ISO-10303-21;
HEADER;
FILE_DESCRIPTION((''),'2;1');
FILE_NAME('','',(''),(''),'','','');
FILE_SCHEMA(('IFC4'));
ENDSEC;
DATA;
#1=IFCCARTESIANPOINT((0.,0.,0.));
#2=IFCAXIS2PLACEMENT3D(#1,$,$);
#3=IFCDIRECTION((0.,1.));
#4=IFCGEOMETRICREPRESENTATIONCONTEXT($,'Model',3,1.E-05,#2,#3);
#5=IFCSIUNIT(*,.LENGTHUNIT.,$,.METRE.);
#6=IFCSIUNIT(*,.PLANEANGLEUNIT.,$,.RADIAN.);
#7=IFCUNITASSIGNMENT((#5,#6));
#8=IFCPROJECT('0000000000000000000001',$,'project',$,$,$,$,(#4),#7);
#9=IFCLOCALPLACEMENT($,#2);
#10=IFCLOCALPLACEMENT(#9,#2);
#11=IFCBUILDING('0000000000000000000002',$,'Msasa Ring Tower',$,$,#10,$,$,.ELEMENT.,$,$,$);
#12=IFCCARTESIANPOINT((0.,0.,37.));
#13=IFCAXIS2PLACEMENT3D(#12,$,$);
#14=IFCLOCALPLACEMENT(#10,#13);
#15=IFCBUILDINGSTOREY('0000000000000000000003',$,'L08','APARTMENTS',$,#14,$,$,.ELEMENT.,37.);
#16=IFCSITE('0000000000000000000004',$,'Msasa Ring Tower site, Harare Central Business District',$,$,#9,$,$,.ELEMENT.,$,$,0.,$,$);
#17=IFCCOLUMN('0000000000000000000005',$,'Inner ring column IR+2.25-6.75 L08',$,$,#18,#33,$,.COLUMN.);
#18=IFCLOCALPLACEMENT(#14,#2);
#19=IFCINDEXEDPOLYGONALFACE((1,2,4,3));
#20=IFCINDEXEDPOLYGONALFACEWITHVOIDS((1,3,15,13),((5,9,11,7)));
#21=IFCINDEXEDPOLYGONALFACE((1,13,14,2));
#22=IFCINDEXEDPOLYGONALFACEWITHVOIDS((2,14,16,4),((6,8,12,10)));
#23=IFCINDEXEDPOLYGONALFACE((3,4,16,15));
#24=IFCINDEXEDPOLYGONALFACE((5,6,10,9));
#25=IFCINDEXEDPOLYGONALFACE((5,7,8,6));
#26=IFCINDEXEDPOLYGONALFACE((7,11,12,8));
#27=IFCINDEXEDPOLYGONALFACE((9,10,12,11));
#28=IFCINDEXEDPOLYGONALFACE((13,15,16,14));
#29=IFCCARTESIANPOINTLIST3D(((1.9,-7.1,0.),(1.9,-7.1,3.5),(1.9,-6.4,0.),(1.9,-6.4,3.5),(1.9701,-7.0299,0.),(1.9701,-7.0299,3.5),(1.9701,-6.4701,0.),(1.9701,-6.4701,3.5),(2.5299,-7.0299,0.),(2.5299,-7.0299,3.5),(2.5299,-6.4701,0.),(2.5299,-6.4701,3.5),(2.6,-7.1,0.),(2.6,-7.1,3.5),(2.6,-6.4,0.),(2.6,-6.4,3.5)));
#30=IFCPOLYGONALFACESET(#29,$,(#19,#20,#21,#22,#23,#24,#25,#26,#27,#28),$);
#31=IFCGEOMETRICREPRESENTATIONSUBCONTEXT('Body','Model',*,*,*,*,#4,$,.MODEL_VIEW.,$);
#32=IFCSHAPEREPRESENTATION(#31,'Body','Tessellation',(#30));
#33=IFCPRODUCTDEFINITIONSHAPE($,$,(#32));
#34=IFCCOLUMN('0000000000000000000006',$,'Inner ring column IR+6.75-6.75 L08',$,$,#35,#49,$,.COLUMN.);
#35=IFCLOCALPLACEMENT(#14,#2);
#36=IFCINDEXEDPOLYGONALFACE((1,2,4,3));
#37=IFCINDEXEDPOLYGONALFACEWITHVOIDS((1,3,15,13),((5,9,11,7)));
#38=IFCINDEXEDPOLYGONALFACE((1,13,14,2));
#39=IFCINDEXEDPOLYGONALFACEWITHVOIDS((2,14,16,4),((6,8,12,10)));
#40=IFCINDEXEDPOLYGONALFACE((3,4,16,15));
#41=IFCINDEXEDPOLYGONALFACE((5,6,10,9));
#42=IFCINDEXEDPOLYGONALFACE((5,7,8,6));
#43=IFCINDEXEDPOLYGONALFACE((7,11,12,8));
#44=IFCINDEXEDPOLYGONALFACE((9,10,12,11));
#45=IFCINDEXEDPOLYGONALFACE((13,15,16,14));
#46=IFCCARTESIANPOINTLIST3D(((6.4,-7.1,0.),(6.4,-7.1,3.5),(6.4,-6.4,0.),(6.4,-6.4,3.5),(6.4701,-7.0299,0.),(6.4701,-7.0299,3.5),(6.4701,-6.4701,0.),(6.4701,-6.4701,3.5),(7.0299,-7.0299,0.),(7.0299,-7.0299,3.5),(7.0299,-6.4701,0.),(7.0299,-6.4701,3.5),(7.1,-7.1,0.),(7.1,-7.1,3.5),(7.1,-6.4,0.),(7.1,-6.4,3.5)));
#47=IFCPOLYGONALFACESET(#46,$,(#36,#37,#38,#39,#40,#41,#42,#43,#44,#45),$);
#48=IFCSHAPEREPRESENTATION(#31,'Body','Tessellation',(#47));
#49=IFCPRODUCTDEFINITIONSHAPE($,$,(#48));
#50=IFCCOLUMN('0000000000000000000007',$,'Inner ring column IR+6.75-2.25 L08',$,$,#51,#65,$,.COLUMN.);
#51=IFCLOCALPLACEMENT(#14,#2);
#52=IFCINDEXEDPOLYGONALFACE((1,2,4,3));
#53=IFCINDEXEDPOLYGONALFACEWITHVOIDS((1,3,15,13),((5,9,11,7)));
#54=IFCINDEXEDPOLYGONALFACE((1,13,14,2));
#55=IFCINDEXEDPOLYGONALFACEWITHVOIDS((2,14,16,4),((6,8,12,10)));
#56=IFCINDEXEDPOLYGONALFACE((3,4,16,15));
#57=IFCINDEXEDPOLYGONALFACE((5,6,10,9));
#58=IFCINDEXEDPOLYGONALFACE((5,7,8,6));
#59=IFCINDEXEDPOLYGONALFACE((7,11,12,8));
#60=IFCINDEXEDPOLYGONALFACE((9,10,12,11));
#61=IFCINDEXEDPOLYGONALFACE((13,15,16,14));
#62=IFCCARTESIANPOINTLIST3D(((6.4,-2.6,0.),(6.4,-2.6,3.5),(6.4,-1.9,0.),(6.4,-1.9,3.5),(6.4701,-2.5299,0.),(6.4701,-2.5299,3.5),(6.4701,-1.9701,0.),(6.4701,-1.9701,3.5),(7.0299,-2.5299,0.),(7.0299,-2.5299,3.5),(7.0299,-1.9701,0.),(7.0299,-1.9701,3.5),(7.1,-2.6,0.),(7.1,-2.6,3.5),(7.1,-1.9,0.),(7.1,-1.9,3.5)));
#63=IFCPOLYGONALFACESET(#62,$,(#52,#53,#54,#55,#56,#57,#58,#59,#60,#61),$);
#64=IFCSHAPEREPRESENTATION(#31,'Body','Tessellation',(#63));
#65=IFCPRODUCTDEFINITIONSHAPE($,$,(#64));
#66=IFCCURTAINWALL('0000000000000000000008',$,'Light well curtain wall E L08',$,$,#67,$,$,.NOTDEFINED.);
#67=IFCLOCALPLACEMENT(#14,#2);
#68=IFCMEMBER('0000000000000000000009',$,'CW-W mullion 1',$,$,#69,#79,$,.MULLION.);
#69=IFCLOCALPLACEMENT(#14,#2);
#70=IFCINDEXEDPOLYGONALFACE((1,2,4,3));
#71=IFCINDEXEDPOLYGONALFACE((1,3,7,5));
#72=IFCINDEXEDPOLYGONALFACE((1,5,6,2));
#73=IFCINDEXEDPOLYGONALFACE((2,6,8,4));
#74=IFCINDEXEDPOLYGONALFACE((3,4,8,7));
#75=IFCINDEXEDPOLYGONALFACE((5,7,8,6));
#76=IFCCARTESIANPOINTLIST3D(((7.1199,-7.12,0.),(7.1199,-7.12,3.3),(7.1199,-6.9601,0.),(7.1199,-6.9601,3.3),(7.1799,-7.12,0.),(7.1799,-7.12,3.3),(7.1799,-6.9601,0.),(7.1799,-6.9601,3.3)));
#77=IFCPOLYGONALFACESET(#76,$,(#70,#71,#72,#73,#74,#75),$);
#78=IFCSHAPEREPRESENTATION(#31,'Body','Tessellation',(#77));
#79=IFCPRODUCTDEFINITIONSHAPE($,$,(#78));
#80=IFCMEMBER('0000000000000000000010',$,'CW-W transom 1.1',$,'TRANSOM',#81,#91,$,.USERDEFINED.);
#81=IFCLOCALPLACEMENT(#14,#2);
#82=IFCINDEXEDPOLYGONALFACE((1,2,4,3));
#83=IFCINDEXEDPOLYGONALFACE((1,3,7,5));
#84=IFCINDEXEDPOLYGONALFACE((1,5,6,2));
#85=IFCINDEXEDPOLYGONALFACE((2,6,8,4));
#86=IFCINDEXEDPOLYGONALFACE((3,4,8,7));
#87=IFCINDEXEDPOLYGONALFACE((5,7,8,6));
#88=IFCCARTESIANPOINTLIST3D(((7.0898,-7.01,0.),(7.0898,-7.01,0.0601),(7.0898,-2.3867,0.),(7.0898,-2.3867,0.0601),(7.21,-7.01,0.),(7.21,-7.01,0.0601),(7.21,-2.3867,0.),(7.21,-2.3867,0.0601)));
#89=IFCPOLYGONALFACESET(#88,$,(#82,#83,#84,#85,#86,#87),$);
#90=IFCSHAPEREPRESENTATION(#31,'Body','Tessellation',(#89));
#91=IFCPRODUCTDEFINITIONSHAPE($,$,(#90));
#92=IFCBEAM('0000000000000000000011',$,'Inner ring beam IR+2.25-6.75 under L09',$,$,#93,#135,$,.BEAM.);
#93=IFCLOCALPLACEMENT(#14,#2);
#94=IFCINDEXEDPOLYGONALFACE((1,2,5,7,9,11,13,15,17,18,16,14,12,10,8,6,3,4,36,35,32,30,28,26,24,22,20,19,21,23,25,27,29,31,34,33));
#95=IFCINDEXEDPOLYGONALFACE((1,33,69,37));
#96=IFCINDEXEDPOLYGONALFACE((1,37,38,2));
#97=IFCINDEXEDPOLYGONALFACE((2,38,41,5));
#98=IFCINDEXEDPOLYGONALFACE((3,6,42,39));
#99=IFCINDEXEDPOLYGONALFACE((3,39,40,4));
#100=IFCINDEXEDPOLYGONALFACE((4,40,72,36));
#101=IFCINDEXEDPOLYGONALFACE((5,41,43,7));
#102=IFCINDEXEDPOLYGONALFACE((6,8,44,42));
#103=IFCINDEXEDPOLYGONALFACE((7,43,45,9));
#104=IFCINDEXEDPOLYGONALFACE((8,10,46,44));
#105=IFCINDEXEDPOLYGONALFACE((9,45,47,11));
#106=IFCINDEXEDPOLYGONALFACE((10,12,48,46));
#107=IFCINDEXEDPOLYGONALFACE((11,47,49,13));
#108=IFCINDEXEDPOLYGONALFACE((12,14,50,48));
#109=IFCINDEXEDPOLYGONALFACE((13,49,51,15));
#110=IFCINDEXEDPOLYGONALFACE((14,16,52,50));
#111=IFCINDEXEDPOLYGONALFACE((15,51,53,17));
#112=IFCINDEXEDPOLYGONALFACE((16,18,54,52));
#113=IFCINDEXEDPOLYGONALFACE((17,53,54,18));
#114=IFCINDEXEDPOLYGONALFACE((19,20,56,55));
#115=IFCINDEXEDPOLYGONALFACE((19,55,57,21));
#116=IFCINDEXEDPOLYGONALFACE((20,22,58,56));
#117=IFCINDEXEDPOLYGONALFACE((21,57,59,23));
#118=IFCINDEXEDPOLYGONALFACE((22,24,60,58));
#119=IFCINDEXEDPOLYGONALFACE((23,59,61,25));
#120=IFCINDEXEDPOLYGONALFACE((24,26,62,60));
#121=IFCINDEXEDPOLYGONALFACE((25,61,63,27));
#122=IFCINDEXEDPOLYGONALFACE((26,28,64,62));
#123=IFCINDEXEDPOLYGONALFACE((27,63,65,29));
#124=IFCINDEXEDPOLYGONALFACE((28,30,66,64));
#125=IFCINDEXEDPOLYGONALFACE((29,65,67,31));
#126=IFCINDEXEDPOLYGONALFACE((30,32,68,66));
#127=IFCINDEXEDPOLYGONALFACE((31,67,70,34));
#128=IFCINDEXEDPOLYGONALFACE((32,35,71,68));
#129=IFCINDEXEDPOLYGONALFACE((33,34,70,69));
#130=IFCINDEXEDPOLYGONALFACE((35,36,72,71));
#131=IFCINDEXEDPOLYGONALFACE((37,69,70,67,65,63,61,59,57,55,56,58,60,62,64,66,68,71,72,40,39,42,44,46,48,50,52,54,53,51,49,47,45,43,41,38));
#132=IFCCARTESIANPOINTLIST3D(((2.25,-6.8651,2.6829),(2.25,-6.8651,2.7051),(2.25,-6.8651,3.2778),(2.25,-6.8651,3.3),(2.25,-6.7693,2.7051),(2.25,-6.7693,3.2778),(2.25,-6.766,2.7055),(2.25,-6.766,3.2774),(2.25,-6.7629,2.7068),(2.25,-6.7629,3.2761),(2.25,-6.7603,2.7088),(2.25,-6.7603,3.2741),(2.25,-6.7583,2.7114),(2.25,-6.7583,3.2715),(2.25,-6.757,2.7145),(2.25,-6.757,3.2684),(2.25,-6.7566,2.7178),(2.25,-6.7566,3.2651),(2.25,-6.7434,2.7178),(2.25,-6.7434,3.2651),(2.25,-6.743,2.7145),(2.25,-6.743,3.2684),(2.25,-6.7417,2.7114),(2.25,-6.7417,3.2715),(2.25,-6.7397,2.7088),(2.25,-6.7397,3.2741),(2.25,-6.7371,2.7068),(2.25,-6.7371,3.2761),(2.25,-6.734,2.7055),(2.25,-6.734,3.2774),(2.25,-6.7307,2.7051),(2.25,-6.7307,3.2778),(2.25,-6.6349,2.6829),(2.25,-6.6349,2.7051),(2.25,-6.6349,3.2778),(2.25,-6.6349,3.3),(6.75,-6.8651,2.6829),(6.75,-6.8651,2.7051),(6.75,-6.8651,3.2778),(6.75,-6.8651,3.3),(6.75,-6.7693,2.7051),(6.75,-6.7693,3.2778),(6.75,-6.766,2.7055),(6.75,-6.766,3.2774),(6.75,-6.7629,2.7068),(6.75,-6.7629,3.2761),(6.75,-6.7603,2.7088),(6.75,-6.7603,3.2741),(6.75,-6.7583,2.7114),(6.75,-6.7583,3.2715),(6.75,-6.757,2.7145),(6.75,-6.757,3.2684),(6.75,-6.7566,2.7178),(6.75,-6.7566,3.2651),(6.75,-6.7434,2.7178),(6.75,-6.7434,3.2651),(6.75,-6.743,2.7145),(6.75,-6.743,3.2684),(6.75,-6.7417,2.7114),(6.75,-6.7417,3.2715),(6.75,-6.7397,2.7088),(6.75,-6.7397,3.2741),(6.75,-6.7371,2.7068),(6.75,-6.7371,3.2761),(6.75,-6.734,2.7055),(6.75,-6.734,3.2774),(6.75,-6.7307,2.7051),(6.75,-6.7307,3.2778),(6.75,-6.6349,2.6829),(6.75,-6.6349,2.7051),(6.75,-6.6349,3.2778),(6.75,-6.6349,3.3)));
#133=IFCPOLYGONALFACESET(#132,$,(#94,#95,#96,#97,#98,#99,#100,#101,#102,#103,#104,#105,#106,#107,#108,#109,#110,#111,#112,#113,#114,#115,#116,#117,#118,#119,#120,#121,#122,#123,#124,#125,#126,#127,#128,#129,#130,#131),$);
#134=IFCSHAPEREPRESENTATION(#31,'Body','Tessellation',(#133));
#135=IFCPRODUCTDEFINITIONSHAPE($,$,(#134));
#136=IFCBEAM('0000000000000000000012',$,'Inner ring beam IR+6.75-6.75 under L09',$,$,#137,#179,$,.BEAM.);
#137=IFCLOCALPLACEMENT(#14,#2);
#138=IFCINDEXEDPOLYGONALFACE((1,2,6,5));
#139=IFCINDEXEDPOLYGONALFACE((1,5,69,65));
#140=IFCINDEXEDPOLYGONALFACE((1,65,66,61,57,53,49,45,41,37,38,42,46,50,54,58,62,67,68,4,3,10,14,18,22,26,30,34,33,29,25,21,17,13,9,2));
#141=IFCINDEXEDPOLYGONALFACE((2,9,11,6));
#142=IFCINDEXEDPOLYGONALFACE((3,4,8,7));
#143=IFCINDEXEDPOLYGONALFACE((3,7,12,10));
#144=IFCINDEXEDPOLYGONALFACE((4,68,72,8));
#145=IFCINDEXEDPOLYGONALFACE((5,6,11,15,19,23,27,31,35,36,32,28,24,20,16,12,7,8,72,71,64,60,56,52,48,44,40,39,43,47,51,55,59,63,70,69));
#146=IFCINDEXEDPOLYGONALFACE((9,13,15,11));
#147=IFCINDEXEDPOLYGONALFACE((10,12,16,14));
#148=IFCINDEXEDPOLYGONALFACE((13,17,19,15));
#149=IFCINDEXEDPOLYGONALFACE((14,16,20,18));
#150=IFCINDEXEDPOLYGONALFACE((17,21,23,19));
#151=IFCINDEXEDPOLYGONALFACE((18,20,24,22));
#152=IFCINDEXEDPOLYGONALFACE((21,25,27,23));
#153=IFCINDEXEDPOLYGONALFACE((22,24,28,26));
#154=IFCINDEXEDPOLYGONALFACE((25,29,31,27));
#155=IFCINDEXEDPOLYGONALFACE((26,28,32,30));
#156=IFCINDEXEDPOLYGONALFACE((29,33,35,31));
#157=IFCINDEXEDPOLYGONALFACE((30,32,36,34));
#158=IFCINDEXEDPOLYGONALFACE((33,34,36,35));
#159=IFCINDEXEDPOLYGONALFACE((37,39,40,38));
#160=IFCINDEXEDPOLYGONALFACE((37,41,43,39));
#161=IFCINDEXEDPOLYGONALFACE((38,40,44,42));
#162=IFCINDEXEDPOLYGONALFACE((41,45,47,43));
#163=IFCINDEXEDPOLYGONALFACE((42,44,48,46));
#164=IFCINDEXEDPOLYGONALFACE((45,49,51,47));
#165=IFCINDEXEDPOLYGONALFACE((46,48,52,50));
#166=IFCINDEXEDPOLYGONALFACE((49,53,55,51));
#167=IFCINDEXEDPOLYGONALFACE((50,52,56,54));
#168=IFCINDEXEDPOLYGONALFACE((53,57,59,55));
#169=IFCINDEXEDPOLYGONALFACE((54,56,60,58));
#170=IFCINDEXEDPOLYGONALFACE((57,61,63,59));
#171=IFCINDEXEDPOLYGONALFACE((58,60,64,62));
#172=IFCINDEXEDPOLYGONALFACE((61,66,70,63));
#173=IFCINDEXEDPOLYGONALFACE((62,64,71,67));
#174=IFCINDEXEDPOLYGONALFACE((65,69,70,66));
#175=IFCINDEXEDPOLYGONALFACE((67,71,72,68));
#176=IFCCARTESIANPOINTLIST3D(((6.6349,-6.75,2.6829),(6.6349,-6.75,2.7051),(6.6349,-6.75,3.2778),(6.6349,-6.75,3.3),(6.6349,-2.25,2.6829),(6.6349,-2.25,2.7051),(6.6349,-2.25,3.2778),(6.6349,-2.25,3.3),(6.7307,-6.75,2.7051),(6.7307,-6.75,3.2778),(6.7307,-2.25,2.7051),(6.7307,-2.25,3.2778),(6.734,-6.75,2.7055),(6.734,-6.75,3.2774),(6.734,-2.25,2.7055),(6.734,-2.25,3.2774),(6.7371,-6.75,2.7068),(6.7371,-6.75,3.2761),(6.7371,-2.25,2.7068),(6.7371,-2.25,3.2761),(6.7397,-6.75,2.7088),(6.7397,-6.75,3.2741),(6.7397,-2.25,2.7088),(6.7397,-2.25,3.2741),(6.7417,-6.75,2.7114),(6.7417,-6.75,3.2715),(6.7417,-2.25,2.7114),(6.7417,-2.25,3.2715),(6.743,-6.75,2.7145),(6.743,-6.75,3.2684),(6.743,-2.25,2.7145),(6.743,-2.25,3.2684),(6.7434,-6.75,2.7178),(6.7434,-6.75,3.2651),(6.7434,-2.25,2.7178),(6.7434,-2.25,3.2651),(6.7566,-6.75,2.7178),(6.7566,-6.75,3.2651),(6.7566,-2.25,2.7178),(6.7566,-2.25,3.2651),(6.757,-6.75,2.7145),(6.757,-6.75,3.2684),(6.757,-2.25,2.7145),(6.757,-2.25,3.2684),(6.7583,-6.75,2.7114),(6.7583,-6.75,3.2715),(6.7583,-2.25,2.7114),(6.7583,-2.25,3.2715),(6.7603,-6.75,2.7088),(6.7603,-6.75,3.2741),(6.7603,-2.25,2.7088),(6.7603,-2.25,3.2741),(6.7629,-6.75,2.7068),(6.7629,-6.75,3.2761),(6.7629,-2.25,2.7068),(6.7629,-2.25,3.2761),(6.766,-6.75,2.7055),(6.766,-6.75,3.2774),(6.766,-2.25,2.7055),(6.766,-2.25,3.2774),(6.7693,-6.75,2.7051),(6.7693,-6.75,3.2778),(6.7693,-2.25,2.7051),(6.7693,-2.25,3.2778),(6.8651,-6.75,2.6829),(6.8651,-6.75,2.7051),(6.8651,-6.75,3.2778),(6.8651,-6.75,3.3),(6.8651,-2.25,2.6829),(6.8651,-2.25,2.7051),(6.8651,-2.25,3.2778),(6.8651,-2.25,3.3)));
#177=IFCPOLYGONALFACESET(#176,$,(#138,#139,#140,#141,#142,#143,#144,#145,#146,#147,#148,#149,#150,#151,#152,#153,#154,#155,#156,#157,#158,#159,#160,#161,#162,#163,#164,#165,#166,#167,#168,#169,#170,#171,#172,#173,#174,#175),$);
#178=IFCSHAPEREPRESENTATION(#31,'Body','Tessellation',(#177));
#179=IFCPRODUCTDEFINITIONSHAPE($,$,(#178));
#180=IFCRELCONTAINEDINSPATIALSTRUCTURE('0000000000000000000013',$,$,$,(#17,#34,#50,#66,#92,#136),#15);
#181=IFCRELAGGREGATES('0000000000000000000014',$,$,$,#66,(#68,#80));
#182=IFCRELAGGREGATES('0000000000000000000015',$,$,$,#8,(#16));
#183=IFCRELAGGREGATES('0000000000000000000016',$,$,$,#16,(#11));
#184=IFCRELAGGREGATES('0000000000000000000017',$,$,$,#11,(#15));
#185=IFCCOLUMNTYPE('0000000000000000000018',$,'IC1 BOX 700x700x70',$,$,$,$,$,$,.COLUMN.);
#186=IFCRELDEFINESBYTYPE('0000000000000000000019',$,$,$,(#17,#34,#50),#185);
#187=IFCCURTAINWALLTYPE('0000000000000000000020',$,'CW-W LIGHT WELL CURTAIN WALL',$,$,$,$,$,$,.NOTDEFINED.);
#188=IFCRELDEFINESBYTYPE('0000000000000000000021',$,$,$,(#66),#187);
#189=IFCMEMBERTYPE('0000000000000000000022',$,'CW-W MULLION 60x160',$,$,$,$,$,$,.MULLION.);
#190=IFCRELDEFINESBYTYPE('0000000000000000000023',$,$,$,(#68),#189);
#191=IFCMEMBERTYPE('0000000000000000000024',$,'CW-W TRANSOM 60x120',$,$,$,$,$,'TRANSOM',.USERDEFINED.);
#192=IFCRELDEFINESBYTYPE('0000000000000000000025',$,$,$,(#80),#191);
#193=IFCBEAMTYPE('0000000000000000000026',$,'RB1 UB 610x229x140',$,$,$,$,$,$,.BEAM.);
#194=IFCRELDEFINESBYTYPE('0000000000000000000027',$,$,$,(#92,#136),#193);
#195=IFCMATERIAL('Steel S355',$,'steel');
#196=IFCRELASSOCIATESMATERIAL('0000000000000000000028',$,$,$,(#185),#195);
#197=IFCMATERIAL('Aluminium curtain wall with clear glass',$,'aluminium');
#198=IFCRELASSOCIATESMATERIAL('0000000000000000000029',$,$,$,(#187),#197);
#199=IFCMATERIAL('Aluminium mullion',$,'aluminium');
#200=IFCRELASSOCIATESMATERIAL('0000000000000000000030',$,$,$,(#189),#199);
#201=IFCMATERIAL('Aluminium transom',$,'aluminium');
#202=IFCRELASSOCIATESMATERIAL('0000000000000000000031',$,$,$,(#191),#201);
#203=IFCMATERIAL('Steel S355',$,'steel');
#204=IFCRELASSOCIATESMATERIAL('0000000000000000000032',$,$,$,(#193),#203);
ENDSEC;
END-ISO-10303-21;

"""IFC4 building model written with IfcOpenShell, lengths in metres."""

from ifc_helpers import new_model, si_unit, direction, frame, origin, origin_2d, place, context, subcontext, project, spatial, rectangle, hollow_rectangle, i_section, extrude, material, material_profile, profile_set, type_object, element, aggregate, save


model = new_model("IFC4")

# Units and contexts
model_context = context("Model", 3, precision=1e-05, world=origin(), true_north=direction((0.0, 1.0)))
body_context = subcontext(model_context, "Body", "Model", "MODEL_VIEW")
ifc_project = project(units=[si_unit("LENGTHUNIT", "METRE"), si_unit("PLANEANGLEUNIT", "RADIAN")], contexts=[model_context])

# Site, building, storey
site_placement = place(None, origin())
site = spatial("IfcSite", under=ifc_project, at=site_placement, Name="Msasa Ring Tower site, Harare Central Business District", CompositionType="ELEMENT", RefElevation=0.0)
building_placement = place(site_placement, origin())
building = spatial("IfcBuilding", under=site, at=building_placement, Name="Msasa Ring Tower", CompositionType="ELEMENT")
storey_placement = place(building_placement, frame((0.0, 0.0, 37.0)))
storey = spatial("IfcBuildingStorey", under=building, at=storey_placement, Name="L08", Description="APARTMENTS", CompositionType="ELEMENT", Elevation=37.0)

# Columns
ifc_material_1 = material(Name="Steel S355", Category="steel")
ifc_material_profile_1 = material_profile(ifc_material_1, hollow_rectangle(XDim=0.7, YDim=0.7, WallThickness=0.0701, at=origin_2d()), Name="BOX 700x700x70")
ifc_profile_set_1 = profile_set([ifc_material_profile_1], Name="Steel S355")
column_type = type_object("IfcColumnType", Name="IC1 BOX 700x700x70", PredefinedType="COLUMN", material=ifc_profile_set_1)
for number, where, z_axis, x_axis, name in (
    (1, (2.25, -6.75, 0.0), (0.0, 0.0, 1.0), (1.0, 0.0, 0.0), "Inner ring column IR+2.25-6.75 L08"),
    (2, (6.75, -6.75, 0.0), (0.0, 0.0, 1.0), (1.0, 0.0, 0.0), "Inner ring column IR+6.75-6.75 L08"),
    (3, (6.75, -2.25, 0.0), (0.0, 0.0, 1.0), (1.0, 0.0, 0.0), "Inner ring column IR+6.75-2.25 L08"),
):
    element("IfcColumn", number, at=place(storey_placement, frame(where, z_axis=z_axis, x_axis=x_axis)), inside=storey, type_object=column_type, Name=name, PredefinedType="COLUMN", context=body_context, shape_type="SweptSolid", body=[
        extrude(hollow_rectangle(XDim=0.7, YDim=0.7, WallThickness=0.0701, at=origin_2d()), origin(), (0.0, 0.0, 1.0), 3.5),
    ])

# Curtain wall, members
ifc_material_2 = material(Name="Aluminium curtain wall with clear glass", Category="aluminium")
curtain_wall_type = type_object("IfcCurtainWallType", Name="CW-W LIGHT WELL CURTAIN WALL", PredefinedType="NOTDEFINED", material=ifc_material_2)
curtain_wall_1_placement = place(storey_placement, origin())
curtain_wall_1 = element("IfcCurtainWall", 4, at=curtain_wall_1_placement, inside=storey, type_object=curtain_wall_type, Name="Light well curtain wall E L08", PredefinedType="NOTDEFINED")
ifc_material_3 = material(Name="Aluminium mullion", Category="aluminium")
ifc_material_profile_2 = material_profile(ifc_material_3, rectangle(XDim=0.0601, YDim=0.1599, at=origin_2d()), Name="AL 60x160")
ifc_profile_set_2 = profile_set([ifc_material_profile_2], Name="Aluminium mullion")
member_type_1 = type_object("IfcMemberType", Name="CW-W MULLION 60x160", PredefinedType="MULLION", material=ifc_profile_set_2)
member_1_placement = place(storey_placement, frame((7.1499, -7.04, 0.0), z_axis=(0.0, 0.0, 1.0), x_axis=(-1.0, 0.0, 0.0)))
member_1 = element("IfcMember", 5, at=member_1_placement, type_object=member_type_1, Name="CW-W mullion 1", PredefinedType="MULLION", context=body_context, shape_type="SweptSolid", body=[
    extrude(rectangle(XDim=0.0601, YDim=0.1599, at=origin_2d()), origin(), (0.0, 0.0, 1.0), 3.3),
])
ifc_material_4 = material(Name="Aluminium transom", Category="aluminium")
ifc_material_profile_3 = material_profile(ifc_material_4, rectangle(XDim=0.1201, YDim=0.0601, at=origin_2d()), Name="AL 60x120")
ifc_profile_set_3 = profile_set([ifc_material_profile_3], Name="Aluminium transom")
member_type_2 = type_object("IfcMemberType", Name="CW-W TRANSOM 60x120", ElementType="TRANSOM", PredefinedType="USERDEFINED", material=ifc_profile_set_3)
member_2_placement = place(storey_placement, frame((7.1499, -7.01, 0.03), z_axis=(0.0, 1.0, 0.0), x_axis=(-1.0, 0.0, 0.0)))
member_2 = element("IfcMember", 6, at=member_2_placement, type_object=member_type_2, Name="CW-W transom 1.1", ObjectType="TRANSOM", PredefinedType="USERDEFINED", context=body_context, shape_type="SweptSolid", body=[
    extrude(rectangle(XDim=0.1201, YDim=0.0601, at=origin_2d()), origin(), (0.0, 0.0, 1.0), 4.6233),
])
aggregate(curtain_wall_1, [member_1, member_2])

# Beams
ifc_material_5 = material(Name="Steel S355", Category="steel")
ifc_material_profile_4 = material_profile(ifc_material_5, i_section(OverallWidth=0.2302, OverallDepth=0.6172, WebThickness=0.0132, FlangeThickness=0.0222, FilletRadius=0.0127, at=origin_2d()), Name="UB 610x229x140")
ifc_profile_set_4 = profile_set([ifc_material_profile_4], Name="Steel S355")
beam_type = type_object("IfcBeamType", Name="RB1 UB 610x229x140", PredefinedType="BEAM", material=ifc_profile_set_4)
for number, where, z_axis, x_axis, name in (
    (7, (2.25, -6.75, 2.9915), (1.0, 0.0, 0.0), (0.0, 1.0, 0.0), "Inner ring beam IR+2.25-6.75 under L09"),
    (8, (6.75, -6.75, 2.9915), (0.0, 1.0, 0.0), (-1.0, 0.0, 0.0), "Inner ring beam IR+6.75-6.75 under L09"),
):
    element("IfcBeam", number, at=place(storey_placement, frame(where, z_axis=z_axis, x_axis=x_axis)), inside=storey, type_object=beam_type, Name=name, PredefinedType="BEAM", context=body_context, shape_type="SweptSolid", body=[
        extrude(i_section(OverallWidth=0.2302, OverallDepth=0.6172, WebThickness=0.0132, FlangeThickness=0.0222, FilletRadius=0.0127, at=origin_2d()), origin(), (0.0, 0.0, 1.0), 4.5),
    ])

save(model, "model.ifc")
